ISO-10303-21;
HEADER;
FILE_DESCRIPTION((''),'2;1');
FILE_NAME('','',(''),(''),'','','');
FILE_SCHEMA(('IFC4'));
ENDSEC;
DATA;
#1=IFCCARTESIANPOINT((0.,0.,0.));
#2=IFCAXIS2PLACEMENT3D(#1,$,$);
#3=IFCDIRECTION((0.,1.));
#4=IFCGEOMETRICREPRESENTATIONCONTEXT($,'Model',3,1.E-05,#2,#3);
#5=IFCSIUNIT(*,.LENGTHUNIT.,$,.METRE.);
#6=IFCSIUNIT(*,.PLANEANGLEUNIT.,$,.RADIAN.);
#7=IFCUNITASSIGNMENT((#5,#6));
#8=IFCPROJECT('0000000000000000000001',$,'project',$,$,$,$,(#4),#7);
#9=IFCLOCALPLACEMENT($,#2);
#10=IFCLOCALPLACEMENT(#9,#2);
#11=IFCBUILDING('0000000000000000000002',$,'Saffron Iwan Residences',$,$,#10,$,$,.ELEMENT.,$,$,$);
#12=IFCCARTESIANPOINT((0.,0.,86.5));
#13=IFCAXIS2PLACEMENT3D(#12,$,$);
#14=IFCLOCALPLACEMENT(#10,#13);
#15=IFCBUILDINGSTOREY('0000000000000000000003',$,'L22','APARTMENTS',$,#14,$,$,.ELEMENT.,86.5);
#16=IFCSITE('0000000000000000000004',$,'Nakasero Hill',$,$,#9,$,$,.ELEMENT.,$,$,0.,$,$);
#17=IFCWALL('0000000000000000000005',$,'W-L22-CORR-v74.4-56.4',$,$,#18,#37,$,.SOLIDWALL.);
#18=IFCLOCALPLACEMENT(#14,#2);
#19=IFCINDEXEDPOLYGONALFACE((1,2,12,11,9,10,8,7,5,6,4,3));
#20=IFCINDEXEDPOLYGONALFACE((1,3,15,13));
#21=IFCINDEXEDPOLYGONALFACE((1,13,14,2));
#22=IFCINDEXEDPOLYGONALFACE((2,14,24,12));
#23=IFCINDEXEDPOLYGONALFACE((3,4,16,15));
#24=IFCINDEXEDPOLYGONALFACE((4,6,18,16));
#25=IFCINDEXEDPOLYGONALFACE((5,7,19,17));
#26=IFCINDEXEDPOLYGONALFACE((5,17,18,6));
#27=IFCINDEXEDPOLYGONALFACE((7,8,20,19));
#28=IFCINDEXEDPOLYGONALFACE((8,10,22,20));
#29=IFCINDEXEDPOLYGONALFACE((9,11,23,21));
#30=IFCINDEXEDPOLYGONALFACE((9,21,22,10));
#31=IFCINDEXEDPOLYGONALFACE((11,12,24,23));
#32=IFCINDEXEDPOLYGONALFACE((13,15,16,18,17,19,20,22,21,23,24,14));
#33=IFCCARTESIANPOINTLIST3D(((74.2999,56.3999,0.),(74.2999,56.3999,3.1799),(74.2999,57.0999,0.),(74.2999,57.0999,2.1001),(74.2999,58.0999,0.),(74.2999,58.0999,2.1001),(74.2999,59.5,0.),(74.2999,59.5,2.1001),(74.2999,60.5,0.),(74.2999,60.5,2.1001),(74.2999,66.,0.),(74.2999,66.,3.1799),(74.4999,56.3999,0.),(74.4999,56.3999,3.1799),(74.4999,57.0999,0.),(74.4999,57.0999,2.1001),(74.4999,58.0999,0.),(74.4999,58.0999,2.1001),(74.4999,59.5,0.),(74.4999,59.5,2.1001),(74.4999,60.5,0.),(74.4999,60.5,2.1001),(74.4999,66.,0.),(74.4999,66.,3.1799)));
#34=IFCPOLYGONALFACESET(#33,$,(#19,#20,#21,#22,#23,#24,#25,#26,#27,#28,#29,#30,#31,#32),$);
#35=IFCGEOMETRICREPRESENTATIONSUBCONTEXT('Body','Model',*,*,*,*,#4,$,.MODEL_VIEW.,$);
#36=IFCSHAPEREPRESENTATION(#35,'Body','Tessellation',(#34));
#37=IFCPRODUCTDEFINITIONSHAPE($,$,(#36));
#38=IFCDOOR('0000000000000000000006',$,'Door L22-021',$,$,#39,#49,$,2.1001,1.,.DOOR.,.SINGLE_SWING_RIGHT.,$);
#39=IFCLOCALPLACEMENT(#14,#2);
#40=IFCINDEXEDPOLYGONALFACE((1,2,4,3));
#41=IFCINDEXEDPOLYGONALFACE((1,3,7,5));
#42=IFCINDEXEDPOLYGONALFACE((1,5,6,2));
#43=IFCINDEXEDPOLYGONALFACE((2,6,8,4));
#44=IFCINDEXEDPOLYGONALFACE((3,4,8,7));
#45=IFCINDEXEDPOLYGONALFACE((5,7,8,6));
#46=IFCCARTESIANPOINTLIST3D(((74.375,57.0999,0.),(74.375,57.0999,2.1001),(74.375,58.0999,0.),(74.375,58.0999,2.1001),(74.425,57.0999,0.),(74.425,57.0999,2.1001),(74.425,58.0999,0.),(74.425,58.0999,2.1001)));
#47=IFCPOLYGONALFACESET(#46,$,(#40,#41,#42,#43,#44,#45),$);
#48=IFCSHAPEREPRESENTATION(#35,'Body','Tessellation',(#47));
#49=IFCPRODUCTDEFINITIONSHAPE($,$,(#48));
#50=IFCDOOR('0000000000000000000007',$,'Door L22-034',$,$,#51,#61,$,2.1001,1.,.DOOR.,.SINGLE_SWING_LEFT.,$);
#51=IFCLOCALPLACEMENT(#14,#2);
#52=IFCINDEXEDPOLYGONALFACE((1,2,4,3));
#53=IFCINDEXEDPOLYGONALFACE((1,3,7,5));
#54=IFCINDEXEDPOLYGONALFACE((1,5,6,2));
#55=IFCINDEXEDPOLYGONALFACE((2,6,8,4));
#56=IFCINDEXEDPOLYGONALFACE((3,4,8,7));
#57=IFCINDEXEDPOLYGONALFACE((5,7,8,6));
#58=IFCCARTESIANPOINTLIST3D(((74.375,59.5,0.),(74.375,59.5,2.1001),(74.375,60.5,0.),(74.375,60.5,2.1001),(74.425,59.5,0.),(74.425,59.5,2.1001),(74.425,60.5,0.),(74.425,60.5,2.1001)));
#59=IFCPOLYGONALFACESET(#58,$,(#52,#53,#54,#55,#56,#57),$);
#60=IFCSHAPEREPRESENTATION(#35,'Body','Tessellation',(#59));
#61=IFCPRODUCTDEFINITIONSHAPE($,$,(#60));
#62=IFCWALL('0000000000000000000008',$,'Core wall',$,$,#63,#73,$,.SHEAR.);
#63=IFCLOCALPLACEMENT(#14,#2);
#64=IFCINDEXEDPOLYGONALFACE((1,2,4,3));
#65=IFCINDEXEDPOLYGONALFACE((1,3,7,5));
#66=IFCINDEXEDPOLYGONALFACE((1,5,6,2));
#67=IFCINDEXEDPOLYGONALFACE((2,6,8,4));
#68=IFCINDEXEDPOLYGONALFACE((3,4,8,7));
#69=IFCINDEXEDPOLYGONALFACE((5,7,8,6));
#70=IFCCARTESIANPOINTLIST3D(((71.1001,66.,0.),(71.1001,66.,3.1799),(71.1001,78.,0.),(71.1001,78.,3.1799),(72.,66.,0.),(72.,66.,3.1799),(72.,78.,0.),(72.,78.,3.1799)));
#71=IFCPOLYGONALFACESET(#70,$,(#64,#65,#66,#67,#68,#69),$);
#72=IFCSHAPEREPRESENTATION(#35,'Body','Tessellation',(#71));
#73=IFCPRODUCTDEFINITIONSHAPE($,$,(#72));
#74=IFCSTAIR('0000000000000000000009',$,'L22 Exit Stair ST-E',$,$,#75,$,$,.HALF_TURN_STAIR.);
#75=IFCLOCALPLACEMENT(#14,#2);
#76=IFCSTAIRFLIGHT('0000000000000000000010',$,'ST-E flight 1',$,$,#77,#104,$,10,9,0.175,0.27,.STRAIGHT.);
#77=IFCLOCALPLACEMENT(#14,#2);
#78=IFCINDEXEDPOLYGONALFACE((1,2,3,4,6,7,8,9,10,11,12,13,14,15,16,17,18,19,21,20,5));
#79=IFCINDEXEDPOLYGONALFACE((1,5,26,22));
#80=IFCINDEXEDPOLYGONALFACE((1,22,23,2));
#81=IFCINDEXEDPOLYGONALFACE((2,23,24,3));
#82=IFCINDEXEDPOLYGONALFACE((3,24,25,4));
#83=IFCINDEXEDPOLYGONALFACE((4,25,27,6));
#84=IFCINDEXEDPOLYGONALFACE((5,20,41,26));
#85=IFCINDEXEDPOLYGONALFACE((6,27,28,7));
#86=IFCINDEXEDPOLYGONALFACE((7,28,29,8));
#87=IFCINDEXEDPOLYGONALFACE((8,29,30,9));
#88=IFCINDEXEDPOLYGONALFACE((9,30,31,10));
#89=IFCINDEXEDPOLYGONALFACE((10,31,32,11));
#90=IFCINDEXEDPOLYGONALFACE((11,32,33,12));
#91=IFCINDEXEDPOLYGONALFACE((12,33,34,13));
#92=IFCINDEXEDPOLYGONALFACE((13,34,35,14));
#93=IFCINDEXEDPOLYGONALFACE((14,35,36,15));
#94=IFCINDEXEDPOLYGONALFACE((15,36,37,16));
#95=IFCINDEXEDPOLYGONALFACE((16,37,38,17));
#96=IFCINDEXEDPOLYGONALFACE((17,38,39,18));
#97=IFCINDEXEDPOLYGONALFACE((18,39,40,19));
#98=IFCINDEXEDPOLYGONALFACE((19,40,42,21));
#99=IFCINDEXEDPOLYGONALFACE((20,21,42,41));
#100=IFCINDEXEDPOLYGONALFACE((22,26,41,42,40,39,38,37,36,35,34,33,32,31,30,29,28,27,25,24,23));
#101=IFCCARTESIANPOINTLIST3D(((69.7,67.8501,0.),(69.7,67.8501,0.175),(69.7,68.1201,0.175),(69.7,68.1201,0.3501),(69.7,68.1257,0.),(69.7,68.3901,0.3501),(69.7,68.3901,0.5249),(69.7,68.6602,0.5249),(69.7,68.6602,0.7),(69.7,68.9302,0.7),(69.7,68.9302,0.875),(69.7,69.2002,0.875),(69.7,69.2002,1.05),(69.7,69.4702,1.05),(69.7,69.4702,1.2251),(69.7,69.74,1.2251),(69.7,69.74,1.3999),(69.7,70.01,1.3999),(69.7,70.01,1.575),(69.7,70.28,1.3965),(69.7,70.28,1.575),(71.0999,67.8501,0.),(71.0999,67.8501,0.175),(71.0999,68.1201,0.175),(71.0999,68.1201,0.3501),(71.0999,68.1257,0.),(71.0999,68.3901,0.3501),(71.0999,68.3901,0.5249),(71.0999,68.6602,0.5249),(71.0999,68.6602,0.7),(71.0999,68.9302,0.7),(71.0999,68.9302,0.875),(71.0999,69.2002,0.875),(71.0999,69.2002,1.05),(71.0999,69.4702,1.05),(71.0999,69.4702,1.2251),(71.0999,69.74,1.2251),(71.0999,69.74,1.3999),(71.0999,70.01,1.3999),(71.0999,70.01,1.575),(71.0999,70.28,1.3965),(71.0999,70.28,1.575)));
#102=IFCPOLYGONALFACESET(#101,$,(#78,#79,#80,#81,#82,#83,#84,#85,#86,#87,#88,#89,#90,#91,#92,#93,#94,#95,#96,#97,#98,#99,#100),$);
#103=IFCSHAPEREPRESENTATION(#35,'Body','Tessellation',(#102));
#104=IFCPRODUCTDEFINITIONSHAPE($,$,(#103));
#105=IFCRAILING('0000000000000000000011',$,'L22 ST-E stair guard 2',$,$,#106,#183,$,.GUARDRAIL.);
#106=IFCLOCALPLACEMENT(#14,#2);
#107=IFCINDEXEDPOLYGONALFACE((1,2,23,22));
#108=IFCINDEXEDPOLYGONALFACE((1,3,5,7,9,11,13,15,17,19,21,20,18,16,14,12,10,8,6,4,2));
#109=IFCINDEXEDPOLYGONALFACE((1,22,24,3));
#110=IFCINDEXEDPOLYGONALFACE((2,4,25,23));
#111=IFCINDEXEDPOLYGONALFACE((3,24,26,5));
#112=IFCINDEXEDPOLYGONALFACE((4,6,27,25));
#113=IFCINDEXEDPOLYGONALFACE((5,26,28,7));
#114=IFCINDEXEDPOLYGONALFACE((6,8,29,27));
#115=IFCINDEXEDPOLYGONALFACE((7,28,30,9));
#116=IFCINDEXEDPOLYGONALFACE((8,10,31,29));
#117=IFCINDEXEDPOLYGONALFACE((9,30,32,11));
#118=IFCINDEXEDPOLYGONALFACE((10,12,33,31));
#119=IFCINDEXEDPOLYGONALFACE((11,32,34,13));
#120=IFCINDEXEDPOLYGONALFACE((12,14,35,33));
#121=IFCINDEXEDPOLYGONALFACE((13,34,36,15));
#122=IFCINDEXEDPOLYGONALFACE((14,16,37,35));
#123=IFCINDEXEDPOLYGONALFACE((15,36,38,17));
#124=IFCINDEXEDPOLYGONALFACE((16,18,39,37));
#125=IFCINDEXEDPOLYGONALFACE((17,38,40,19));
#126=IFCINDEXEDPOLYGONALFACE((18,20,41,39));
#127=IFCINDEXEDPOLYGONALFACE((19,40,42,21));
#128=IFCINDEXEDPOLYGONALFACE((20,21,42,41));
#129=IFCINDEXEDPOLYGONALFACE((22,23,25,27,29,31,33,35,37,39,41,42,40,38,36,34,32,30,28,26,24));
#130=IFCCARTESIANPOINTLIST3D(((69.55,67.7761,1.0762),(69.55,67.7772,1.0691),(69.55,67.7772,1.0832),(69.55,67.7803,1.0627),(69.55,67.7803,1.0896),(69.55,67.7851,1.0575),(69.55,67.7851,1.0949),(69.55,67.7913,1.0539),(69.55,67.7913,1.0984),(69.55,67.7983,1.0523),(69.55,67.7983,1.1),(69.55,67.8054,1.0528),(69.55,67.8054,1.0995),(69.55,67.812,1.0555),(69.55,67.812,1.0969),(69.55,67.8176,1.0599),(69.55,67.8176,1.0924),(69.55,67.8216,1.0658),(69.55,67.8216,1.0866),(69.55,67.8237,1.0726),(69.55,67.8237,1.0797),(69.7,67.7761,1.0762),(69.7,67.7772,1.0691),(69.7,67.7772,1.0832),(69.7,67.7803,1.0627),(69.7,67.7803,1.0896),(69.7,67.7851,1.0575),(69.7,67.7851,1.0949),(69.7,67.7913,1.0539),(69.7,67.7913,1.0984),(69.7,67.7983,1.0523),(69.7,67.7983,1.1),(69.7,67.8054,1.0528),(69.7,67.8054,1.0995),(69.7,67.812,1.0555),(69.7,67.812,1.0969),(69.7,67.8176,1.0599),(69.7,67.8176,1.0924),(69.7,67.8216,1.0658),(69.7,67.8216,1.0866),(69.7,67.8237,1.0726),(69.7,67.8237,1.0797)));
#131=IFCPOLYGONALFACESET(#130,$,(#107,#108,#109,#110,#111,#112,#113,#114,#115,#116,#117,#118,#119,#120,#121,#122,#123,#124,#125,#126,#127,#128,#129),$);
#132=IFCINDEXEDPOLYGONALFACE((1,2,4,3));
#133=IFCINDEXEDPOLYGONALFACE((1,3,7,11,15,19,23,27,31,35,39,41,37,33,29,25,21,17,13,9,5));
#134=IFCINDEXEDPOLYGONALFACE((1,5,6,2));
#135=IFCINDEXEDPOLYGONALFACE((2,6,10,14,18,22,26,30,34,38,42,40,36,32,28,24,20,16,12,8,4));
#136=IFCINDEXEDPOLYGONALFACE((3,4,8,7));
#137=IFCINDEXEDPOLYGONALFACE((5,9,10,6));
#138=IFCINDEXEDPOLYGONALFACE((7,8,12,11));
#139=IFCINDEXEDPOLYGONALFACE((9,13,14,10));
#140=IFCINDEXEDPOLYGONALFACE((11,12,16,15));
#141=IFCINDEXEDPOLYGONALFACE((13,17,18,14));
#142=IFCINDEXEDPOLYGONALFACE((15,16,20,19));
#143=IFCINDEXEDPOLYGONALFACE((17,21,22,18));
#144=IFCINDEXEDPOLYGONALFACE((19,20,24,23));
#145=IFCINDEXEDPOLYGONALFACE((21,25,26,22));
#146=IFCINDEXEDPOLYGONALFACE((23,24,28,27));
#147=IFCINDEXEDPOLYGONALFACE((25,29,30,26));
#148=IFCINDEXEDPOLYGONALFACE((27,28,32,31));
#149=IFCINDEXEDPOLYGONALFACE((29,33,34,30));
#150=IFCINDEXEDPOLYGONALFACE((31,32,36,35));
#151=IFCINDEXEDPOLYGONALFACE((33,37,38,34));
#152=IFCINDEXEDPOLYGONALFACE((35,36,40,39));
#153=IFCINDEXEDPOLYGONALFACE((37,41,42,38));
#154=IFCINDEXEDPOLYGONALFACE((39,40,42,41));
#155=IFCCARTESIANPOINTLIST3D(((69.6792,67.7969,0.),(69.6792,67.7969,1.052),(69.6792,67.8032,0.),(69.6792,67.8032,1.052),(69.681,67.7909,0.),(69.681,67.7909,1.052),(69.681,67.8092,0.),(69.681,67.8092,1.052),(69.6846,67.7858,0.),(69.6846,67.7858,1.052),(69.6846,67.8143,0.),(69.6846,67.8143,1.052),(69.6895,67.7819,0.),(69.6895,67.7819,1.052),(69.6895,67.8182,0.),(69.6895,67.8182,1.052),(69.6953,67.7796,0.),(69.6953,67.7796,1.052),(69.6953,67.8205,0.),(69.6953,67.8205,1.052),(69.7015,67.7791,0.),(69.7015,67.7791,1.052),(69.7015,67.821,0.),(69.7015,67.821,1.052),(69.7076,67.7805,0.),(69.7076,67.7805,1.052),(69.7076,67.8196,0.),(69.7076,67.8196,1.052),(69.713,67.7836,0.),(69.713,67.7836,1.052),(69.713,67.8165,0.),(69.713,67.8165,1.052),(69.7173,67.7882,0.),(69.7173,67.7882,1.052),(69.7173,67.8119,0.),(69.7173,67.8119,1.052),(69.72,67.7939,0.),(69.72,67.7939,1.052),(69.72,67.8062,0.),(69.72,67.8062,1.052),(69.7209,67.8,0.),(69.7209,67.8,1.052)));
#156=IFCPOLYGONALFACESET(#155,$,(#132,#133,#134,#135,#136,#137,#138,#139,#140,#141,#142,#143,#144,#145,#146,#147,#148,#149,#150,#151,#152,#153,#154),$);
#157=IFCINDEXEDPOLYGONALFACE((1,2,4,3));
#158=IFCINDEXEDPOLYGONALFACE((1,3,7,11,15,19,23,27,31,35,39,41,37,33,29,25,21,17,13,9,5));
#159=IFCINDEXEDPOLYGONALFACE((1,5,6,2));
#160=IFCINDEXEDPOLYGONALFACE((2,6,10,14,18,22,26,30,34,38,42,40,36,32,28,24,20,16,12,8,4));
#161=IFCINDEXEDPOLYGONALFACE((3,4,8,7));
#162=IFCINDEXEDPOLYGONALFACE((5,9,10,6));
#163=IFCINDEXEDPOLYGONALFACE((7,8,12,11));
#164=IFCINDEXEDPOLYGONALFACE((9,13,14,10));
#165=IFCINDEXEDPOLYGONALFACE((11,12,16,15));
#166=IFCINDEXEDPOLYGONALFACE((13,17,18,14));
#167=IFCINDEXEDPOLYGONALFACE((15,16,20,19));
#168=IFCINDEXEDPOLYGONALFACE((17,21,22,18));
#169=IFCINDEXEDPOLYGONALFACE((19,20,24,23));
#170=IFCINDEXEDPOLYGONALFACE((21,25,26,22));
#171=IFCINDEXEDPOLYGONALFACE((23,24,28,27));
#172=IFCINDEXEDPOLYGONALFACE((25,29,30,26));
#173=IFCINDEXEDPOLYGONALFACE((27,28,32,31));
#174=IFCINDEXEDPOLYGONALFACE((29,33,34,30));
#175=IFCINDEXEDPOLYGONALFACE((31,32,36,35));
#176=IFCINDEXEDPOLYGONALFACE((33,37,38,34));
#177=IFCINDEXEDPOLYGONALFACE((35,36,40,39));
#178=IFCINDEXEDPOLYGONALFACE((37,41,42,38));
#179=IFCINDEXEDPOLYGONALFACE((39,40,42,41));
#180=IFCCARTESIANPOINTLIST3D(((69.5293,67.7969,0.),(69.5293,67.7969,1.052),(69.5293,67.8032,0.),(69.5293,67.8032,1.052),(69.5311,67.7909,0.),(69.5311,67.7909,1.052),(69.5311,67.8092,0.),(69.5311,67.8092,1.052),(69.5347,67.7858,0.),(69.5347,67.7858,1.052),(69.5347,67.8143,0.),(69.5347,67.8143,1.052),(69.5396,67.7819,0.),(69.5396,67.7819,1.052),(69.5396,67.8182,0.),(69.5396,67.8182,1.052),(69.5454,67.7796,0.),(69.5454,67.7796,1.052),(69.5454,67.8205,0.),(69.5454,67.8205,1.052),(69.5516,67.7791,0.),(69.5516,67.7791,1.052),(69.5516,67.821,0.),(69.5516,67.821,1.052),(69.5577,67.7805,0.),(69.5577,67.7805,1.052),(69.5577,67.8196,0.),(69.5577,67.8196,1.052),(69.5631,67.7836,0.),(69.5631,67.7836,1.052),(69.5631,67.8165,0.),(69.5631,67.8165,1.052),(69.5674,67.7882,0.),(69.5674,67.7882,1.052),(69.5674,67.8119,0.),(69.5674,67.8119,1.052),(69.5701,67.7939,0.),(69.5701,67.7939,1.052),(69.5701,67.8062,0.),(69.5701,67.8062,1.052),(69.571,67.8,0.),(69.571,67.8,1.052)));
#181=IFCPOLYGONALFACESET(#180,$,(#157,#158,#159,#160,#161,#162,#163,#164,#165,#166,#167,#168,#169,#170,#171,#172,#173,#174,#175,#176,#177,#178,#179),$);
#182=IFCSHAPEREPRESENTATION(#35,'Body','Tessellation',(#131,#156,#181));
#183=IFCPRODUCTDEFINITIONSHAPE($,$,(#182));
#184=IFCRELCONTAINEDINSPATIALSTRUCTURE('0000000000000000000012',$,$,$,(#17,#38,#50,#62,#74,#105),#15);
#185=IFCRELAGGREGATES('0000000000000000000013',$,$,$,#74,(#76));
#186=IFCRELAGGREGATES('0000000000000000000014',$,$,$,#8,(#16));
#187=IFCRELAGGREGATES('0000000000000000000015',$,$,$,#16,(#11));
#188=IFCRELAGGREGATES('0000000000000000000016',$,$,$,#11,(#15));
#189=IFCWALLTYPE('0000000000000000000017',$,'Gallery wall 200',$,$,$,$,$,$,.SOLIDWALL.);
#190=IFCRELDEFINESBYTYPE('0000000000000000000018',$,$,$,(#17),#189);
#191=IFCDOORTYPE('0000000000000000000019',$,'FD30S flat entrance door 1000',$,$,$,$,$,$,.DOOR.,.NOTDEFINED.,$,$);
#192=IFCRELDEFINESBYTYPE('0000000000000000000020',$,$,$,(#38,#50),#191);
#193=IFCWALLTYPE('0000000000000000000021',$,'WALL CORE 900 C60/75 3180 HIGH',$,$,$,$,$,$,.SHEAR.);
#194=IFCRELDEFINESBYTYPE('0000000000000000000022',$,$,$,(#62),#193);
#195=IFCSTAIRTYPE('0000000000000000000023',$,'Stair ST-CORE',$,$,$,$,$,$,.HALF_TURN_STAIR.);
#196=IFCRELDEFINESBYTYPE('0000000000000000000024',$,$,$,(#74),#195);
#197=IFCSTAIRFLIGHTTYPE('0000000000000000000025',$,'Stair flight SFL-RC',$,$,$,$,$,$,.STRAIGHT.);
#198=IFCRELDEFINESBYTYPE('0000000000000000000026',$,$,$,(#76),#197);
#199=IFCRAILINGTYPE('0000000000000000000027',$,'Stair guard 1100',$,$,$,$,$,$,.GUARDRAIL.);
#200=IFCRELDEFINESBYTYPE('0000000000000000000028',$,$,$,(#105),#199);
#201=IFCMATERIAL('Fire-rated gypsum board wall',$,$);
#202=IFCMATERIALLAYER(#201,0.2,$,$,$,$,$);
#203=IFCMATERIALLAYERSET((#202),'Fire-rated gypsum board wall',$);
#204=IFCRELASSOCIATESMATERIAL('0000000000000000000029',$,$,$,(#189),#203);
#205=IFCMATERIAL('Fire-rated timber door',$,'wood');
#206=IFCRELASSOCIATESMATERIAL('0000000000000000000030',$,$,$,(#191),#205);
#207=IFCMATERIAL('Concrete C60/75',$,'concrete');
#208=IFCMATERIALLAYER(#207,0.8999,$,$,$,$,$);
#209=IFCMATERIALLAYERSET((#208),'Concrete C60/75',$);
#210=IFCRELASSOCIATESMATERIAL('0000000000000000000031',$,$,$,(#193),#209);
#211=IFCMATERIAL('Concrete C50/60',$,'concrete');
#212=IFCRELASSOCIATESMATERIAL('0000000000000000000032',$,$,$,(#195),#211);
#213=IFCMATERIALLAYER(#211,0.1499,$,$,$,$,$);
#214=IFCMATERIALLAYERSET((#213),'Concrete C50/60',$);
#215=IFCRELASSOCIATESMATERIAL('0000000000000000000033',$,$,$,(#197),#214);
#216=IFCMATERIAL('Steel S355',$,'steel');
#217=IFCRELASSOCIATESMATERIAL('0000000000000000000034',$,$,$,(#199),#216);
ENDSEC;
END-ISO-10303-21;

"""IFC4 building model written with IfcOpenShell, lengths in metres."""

from ifc_helpers import new_model, si_unit, direction, frame, frame_2d, origin, origin_2d, place, context, subcontext, project, spatial, polyline, rectangle, circle, outline, extrude, material, layer, layer_set, type_object, element, fill, aggregate, save


model = new_model("IFC4")

# Units and contexts
model_context = context("Model", 3, precision=1e-05, world=origin(), true_north=direction((0.0, 1.0)))
body_context = subcontext(model_context, "Body", "Model", "MODEL_VIEW")
ifc_project = project(units=[si_unit("LENGTHUNIT", "METRE"), si_unit("PLANEANGLEUNIT", "RADIAN")], contexts=[model_context])

# Site, building, storey
site_placement = place(None, origin())
site = spatial("IfcSite", under=ifc_project, at=site_placement, Name="Nakasero Hill", CompositionType="ELEMENT", RefElevation=0.0)
building_placement = place(site_placement, origin())
building = spatial("IfcBuilding", under=site, at=building_placement, Name="Saffron Iwan Residences", CompositionType="ELEMENT")
storey_placement = place(building_placement, frame((0.0, 0.0, 86.5)))
storey = spatial("IfcBuildingStorey", under=building, at=storey_placement, Name="L22", Description="APARTMENTS", CompositionType="ELEMENT", Elevation=86.5)

# Shared definitions
ifc_material_1 = material(Name="Fire-rated gypsum board wall")

# Shared definitions
ifc_layer_1 = layer(ifc_material_1, 0.2)
ifc_layer_set_1 = layer_set([ifc_layer_1], Name="Fire-rated gypsum board wall")
wall_type_1 = type_object("IfcWallType", Name="Gallery wall 200", PredefinedType="SOLIDWALL", material=ifc_layer_set_1)

# Wall, openings, doors
wall_1_placement = place(storey_placement, frame((74.3999, 56.3999, 0.0), z_axis=(0.0, 0.0, 1.0), x_axis=(0.0, 1.0, 0.0)))
wall_1 = element("IfcWall", 1, at=wall_1_placement, inside=storey, type_object=wall_type_1, Name="W-L22-CORR-v74.4-56.4", PredefinedType="SOLIDWALL", context=body_context, shape_type="SweptSolid", body=[
    extrude(rectangle(XDim=9.6001, YDim=0.2, at=frame_2d((4.8, 0.0))), origin(), (0.0, 0.0, 1.0), 3.1799),
])
opening_1_placement = place(wall_1_placement, frame((0.7, 0.0, 0.0)))
opening_1 = element("IfcOpeningElement", 2, at=opening_1_placement, cuts=wall_1, PredefinedType="OPENING", context=body_context, shape_type="SweptSolid", body=[
    extrude(rectangle(XDim=1.0, YDim=2.1001, at=frame_2d((0.5, 1.05))), frame((0.0, 0.1099, 0.0), z_axis=(0.0, -1.0, 0.0), x_axis=(1.0, 0.0, 0.0)), (0.0, 0.0, 1.0), 0.22),
])
opening_2_placement = place(wall_1_placement, frame((3.1001, 0.0, 0.0)))
opening_2 = element("IfcOpeningElement", 3, at=opening_2_placement, cuts=wall_1, PredefinedType="OPENING", context=body_context, shape_type="SweptSolid", body=[
    extrude(rectangle(XDim=1.0, YDim=2.1001, at=frame_2d((0.5, 1.05))), frame((0.0, 0.1099, 0.0), z_axis=(0.0, -1.0, 0.0), x_axis=(1.0, 0.0, 0.0)), (0.0, 0.0, 1.0), 0.22),
])
ifc_material_2 = material(Name="Fire-rated timber door", Category="wood")
door_type_1 = type_object("IfcDoorType", Name="FD30S flat entrance door 1000", OperationType="NOTDEFINED", PredefinedType="DOOR", material=ifc_material_2)
door_1_placement = place(opening_1_placement, origin())
door_1 = element("IfcDoor", 4, at=door_1_placement, inside=storey, type_object=door_type_1, Name="Door L22-021", OperationType="SINGLE_SWING_RIGHT", OverallHeight=2.1001, OverallWidth=1.0, PredefinedType="DOOR", context=body_context, shape_type="SweptSolid", body=[
    extrude(rectangle(XDim=1.0, YDim=2.1001, at=frame_2d((0.5, 1.05))), frame((0.0, 0.0249, 0.0), z_axis=(0.0, -1.0, 0.0), x_axis=(1.0, 0.0, 0.0)), (0.0, 0.0, 1.0), 0.05),
])
fill(opening_1, door_1)
door_2_placement = place(opening_2_placement, origin())
door_2 = element("IfcDoor", 5, at=door_2_placement, inside=storey, type_object=door_type_1, Name="Door L22-034", OperationType="SINGLE_SWING_LEFT", OverallHeight=2.1001, OverallWidth=1.0, PredefinedType="DOOR", context=body_context, shape_type="SweptSolid", body=[
    extrude(rectangle(XDim=1.0, YDim=2.1001, at=frame_2d((0.5, 1.05))), frame((0.0, 0.0249, 0.0), z_axis=(0.0, -1.0, 0.0), x_axis=(1.0, 0.0, 0.0)), (0.0, 0.0, 1.0), 0.05),
])
fill(opening_2, door_2)

# Wall
ifc_material_3 = material(Name="Concrete C60/75", Category="concrete")
ifc_layer_2 = layer(ifc_material_3, 0.8999)
ifc_layer_set_2 = layer_set([ifc_layer_2], Name="Concrete C60/75")
wall_type_2 = type_object("IfcWallType", Name="WALL CORE 900 C60/75 3180 HIGH", PredefinedType="SHEAR", material=ifc_layer_set_2)
wall_2_placement = place(storey_placement, frame((71.55, 66.0, 0.0), z_axis=(0.0, 0.0, 1.0), x_axis=(0.0, 1.0, 0.0)))
element("IfcWall", 6, at=wall_2_placement, inside=storey, type_object=wall_type_2, Name="Core wall", PredefinedType="SHEAR", context=body_context, shape_type="SweptSolid", body=[
    extrude(rectangle(XDim=12.0, YDim=0.8999, at=frame_2d((6.0, 0.0))), origin(), (0.0, 0.0, 1.0), 3.1799),
])

# Stair, stair flight
ifc_material_4 = material(Name="Concrete C50/60", Category="concrete")
stair_type = type_object("IfcStairType", Name="Stair ST-CORE", PredefinedType="HALF_TURN_STAIR", material=ifc_material_4)
stair_placement = place(storey_placement, origin())
stair = element("IfcStair", 7, at=stair_placement, inside=storey, type_object=stair_type, Name="L22 Exit Stair ST-E", PredefinedType="HALF_TURN_STAIR")
ifc_layer_3 = layer(ifc_material_4, 0.1499)
ifc_layer_set_3 = layer_set([ifc_layer_3], Name="Concrete C50/60")
stair_flight_type = type_object("IfcStairFlightType", Name="Stair flight SFL-RC", PredefinedType="STRAIGHT", material=ifc_layer_set_3)
stair_flight_placement = place(storey_placement, frame((70.3999, 67.8501, 0.0), z_axis=(0.0, 0.0, 1.0), x_axis=(0.0, 1.0, 0.0)))
stair_flight = element("IfcStairFlight", 8, at=stair_flight_placement, type_object=stair_flight_type, Name="ST-E flight 1", NumberOfRisers=10, NumberOfTreads=9, PredefinedType="STRAIGHT", RiserHeight=0.175, TreadLength=0.27, context=body_context, shape_type="SweptSolid", body=[
    extrude(outline(polyline([(0.0, 0.0), (0.0, 0.175), (0.27, 0.175), (0.27, 0.3501), (0.54, 0.3501), (0.54, 0.5249), (0.8101, 0.5249), (0.8101, 0.7), (1.0801, 0.7), (1.0801, 0.875), (1.3501, 0.875), (1.3501, 1.05), (1.6201, 1.05), (1.6201, 1.2251), (1.8899, 1.2251), (1.8899, 1.3999), (2.1599, 1.3999), (2.1599, 1.575), (2.4299, 1.575), (2.4299, 1.75), (2.4299, 1.3965), (0.2756, 0.0), (0.0, 0.0)])), frame((0.0, 0.7, 0.0), z_axis=(0.0, -1.0, 0.0), x_axis=(1.0, 0.0, 0.0)), (0.0, 0.0, 1.0), 1.3999),
])
aggregate(stair, [stair_flight])

# Railing
ifc_material_5 = material(Name="Steel S355", Category="steel")
railing_type_1 = type_object("IfcRailingType", Name="Stair guard 1100", PredefinedType="GUARDRAIL", material=ifc_material_5)
railing_1_placement = place(storey_placement, frame((69.7, 67.8, 0.0)))
element("IfcRailing", 9, at=railing_1_placement, inside=storey, type_object=railing_type_1, Name="L22 ST-E stair guard 2", PredefinedType="GUARDRAIL", context=body_context, shape_type="SweptSolid", body=[
    extrude(circle(Radius=0.0239, at=origin_2d()), frame((0.0, 0.0, 1.0762), z_axis=(-1.0, 0.0, 0.0), x_axis=(0.0, -1.0, 0.0)), (0.0, 0.0, 1.0), 0.1499),
    extrude(circle(Radius=0.021, at=origin_2d()), origin(), (0.0, 0.0, 1.0), 1.052),
    extrude(circle(Radius=0.021, at=origin_2d()), frame((-0.1499, 0.0, 0.0)), (0.0, 0.0, 1.0), 1.052),
])

save(model, "model.ifc")
